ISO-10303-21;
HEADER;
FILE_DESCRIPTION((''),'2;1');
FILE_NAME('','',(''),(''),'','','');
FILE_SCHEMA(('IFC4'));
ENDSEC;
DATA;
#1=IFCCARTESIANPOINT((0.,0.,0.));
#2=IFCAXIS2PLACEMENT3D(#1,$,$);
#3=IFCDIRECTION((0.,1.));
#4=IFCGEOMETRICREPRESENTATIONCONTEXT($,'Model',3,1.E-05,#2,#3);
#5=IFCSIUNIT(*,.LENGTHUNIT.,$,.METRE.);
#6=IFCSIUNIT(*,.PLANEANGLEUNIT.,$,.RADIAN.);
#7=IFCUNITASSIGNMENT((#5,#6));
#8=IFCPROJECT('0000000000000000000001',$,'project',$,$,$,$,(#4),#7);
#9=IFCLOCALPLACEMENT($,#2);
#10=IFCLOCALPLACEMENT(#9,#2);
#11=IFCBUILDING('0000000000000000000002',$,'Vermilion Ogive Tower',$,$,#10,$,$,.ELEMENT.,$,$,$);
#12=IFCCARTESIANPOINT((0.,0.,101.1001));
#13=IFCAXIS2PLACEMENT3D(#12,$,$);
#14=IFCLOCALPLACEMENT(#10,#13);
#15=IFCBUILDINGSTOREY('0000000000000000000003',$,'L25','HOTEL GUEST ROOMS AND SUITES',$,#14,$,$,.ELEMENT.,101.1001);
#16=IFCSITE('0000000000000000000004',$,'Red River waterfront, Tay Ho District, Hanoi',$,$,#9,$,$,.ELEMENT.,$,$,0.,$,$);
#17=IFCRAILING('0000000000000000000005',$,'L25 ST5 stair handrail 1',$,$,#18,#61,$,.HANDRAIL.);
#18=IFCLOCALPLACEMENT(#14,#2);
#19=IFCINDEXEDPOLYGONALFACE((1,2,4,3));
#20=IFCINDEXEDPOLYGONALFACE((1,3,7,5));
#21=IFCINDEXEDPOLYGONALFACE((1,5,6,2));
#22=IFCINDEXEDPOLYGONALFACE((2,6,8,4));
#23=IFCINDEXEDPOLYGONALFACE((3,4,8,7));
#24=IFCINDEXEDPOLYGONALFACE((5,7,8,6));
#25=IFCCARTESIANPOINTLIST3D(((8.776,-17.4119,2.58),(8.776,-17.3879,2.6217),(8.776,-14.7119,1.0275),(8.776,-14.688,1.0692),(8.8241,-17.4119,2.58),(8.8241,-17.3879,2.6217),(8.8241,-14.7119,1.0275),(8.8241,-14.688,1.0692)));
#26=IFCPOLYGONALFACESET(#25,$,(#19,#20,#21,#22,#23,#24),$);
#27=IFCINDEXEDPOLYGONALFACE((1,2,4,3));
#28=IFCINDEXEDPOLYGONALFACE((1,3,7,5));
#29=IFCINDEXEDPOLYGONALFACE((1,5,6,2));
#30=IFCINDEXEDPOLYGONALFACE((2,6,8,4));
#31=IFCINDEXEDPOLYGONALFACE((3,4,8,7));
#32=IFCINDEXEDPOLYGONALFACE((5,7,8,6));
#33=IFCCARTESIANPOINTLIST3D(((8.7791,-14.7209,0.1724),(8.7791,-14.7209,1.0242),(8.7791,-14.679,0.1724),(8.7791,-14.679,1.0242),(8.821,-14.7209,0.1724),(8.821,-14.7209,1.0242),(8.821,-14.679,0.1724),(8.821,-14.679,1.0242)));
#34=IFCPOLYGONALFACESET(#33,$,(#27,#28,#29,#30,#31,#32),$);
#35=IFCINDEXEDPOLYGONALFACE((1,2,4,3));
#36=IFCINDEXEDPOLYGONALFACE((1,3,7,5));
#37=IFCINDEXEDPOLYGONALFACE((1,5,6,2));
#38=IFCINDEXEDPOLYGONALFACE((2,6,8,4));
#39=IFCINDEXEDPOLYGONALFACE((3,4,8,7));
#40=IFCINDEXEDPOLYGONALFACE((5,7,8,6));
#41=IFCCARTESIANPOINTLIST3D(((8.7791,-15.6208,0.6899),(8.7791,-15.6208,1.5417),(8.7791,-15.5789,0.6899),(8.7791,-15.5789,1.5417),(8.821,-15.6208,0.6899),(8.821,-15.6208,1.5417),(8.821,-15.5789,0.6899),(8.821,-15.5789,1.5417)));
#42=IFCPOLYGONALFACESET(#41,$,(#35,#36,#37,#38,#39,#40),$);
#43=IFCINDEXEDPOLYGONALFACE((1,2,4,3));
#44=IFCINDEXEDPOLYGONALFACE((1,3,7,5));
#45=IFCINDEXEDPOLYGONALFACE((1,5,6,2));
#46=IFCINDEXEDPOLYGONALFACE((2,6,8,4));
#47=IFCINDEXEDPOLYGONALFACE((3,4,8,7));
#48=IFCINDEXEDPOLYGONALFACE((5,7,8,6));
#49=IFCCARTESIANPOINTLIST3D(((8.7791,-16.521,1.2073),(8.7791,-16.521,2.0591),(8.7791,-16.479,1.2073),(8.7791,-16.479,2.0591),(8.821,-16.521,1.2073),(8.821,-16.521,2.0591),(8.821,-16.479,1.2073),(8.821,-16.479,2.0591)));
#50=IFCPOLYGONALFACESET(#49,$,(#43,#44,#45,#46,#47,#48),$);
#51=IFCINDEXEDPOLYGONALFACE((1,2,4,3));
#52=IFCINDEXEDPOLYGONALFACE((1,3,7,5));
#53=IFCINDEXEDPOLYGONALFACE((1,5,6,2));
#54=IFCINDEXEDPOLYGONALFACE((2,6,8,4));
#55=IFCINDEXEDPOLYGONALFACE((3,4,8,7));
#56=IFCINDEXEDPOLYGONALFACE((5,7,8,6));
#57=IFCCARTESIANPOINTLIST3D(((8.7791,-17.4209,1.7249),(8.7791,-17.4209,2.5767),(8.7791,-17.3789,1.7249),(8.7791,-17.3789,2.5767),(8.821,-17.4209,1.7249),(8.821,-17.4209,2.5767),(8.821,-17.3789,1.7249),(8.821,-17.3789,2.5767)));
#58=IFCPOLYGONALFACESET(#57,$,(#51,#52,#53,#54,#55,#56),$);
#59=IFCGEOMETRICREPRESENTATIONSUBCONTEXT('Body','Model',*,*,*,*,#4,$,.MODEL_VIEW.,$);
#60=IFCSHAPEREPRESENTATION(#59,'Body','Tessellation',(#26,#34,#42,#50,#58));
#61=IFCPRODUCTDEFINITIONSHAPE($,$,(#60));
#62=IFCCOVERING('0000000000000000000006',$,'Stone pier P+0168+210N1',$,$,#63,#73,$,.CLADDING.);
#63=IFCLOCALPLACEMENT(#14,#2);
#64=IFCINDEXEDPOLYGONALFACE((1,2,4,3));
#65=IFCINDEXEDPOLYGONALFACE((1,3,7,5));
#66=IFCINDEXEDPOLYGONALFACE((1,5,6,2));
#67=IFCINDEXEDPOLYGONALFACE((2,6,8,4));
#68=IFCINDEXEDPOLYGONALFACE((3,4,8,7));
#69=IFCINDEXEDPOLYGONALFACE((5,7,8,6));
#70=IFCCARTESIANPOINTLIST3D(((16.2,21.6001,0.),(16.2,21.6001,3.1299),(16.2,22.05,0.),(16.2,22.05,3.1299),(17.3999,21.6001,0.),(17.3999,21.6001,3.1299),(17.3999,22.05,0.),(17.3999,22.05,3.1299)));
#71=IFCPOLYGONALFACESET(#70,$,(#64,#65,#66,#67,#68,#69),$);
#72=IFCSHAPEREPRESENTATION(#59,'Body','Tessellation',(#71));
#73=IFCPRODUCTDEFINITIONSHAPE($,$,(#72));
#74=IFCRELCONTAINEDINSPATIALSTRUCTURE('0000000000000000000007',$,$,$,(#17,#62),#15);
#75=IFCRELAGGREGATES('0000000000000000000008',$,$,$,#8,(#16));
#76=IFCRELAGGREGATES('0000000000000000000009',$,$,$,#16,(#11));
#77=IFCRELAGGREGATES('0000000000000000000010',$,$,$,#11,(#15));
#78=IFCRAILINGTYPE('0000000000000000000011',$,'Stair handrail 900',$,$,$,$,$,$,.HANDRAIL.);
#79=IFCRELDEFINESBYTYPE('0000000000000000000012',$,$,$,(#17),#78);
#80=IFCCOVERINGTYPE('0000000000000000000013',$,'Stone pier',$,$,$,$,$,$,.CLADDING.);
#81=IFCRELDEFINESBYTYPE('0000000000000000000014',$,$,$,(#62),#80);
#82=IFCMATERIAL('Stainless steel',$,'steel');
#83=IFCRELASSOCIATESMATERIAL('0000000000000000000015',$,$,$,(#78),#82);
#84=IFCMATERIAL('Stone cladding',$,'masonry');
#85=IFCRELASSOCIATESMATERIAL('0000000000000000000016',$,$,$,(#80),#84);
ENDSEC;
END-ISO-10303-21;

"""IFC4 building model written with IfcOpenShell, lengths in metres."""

from ifc_helpers import new_model, si_unit, direction, frame, origin, origin_2d, place, context, subcontext, project, spatial, polyline, rectangle, outline, extrude, material, type_object, element, save


model = new_model("IFC4")

# Units and contexts
model_context = context("Model", 3, precision=1e-05, world=origin(), true_north=direction((0.0, 1.0)))
body_context = subcontext(model_context, "Body", "Model", "MODEL_VIEW")
ifc_project = project(units=[si_unit("LENGTHUNIT", "METRE"), si_unit("PLANEANGLEUNIT", "RADIAN")], contexts=[model_context])

# Site, building, storey
site_placement = place(None, origin())
site = spatial("IfcSite", under=ifc_project, at=site_placement, Name="Red River waterfront, Tay Ho District, Hanoi", CompositionType="ELEMENT", RefElevation=0.0)
building_placement = place(site_placement, origin())
building = spatial("IfcBuilding", under=site, at=building_placement, Name="Vermilion Ogive Tower", CompositionType="ELEMENT")
storey_placement = place(building_placement, frame((0.0, 0.0, 101.1001)))
storey = spatial("IfcBuildingStorey", under=building, at=storey_placement, Name="L25", Description="HOTEL GUEST ROOMS AND SUITES", CompositionType="ELEMENT", Elevation=101.1001)

# Railing
ifc_material_1 = material(Name="Stainless steel", Category="steel")
railing_type_1 = type_object("IfcRailingType", Name="Stair handrail 900", PredefinedType="HANDRAIL", material=ifc_material_1)
railing_1_placement = place(storey_placement, frame((8.8, -14.7, 0.1724)))
element("IfcRailing", 1, at=railing_1_placement, inside=storey, type_object=railing_type_1, Name="L25 ST5 stair handrail 1", PredefinedType="HANDRAIL", context=body_context, shape_type="SweptSolid", body=[
    extrude(rectangle(XDim=0.0481, YDim=0.0481, at=origin_2d()), frame((0.0, 0.0, 0.876), z_axis=(0.0, -0.866904, 0.498476), x_axis=(1.0, 0.0, 0.0)), (0.0, 0.0, 1.0), 3.1145),
    extrude(rectangle(XDim=0.042, YDim=0.042, at=origin_2d()), origin(), (0.0, 0.0, 1.0), 0.8518),
    extrude(rectangle(XDim=0.042, YDim=0.042, at=origin_2d()), frame((0.0, -0.8999, 0.5176)), (0.0, 0.0, 1.0), 0.8518),
    extrude(rectangle(XDim=0.042, YDim=0.042, at=origin_2d()), frame((0.0, -1.8, 1.0349)), (0.0, 0.0, 1.0), 0.8518),
    extrude(rectangle(XDim=0.042, YDim=0.042, at=origin_2d()), frame((0.0, -2.7, 1.5525)), (0.0, 0.0, 1.0), 0.8518),
])

# Covering
ifc_material_2 = material(Name="Stone cladding", Category="masonry")
covering_type = type_object("IfcCoveringType", Name="Stone pier", PredefinedType="CLADDING", material=ifc_material_2)
covering_placement = place(storey_placement, origin())
element("IfcCovering", 2, at=covering_placement, inside=storey, type_object=covering_type, Name="Stone pier P+0168+210N1", PredefinedType="CLADDING", context=body_context, shape_type="SweptSolid", body=[
    extrude(outline(polyline([(17.3999, 22.05), (17.3999, 21.6001), (16.2, 21.6001), (16.2, 22.05), (17.3999, 22.05)])), origin(), (0.0, 0.0, 1.0), 3.1299),
])

save(model, "model.ifc")
